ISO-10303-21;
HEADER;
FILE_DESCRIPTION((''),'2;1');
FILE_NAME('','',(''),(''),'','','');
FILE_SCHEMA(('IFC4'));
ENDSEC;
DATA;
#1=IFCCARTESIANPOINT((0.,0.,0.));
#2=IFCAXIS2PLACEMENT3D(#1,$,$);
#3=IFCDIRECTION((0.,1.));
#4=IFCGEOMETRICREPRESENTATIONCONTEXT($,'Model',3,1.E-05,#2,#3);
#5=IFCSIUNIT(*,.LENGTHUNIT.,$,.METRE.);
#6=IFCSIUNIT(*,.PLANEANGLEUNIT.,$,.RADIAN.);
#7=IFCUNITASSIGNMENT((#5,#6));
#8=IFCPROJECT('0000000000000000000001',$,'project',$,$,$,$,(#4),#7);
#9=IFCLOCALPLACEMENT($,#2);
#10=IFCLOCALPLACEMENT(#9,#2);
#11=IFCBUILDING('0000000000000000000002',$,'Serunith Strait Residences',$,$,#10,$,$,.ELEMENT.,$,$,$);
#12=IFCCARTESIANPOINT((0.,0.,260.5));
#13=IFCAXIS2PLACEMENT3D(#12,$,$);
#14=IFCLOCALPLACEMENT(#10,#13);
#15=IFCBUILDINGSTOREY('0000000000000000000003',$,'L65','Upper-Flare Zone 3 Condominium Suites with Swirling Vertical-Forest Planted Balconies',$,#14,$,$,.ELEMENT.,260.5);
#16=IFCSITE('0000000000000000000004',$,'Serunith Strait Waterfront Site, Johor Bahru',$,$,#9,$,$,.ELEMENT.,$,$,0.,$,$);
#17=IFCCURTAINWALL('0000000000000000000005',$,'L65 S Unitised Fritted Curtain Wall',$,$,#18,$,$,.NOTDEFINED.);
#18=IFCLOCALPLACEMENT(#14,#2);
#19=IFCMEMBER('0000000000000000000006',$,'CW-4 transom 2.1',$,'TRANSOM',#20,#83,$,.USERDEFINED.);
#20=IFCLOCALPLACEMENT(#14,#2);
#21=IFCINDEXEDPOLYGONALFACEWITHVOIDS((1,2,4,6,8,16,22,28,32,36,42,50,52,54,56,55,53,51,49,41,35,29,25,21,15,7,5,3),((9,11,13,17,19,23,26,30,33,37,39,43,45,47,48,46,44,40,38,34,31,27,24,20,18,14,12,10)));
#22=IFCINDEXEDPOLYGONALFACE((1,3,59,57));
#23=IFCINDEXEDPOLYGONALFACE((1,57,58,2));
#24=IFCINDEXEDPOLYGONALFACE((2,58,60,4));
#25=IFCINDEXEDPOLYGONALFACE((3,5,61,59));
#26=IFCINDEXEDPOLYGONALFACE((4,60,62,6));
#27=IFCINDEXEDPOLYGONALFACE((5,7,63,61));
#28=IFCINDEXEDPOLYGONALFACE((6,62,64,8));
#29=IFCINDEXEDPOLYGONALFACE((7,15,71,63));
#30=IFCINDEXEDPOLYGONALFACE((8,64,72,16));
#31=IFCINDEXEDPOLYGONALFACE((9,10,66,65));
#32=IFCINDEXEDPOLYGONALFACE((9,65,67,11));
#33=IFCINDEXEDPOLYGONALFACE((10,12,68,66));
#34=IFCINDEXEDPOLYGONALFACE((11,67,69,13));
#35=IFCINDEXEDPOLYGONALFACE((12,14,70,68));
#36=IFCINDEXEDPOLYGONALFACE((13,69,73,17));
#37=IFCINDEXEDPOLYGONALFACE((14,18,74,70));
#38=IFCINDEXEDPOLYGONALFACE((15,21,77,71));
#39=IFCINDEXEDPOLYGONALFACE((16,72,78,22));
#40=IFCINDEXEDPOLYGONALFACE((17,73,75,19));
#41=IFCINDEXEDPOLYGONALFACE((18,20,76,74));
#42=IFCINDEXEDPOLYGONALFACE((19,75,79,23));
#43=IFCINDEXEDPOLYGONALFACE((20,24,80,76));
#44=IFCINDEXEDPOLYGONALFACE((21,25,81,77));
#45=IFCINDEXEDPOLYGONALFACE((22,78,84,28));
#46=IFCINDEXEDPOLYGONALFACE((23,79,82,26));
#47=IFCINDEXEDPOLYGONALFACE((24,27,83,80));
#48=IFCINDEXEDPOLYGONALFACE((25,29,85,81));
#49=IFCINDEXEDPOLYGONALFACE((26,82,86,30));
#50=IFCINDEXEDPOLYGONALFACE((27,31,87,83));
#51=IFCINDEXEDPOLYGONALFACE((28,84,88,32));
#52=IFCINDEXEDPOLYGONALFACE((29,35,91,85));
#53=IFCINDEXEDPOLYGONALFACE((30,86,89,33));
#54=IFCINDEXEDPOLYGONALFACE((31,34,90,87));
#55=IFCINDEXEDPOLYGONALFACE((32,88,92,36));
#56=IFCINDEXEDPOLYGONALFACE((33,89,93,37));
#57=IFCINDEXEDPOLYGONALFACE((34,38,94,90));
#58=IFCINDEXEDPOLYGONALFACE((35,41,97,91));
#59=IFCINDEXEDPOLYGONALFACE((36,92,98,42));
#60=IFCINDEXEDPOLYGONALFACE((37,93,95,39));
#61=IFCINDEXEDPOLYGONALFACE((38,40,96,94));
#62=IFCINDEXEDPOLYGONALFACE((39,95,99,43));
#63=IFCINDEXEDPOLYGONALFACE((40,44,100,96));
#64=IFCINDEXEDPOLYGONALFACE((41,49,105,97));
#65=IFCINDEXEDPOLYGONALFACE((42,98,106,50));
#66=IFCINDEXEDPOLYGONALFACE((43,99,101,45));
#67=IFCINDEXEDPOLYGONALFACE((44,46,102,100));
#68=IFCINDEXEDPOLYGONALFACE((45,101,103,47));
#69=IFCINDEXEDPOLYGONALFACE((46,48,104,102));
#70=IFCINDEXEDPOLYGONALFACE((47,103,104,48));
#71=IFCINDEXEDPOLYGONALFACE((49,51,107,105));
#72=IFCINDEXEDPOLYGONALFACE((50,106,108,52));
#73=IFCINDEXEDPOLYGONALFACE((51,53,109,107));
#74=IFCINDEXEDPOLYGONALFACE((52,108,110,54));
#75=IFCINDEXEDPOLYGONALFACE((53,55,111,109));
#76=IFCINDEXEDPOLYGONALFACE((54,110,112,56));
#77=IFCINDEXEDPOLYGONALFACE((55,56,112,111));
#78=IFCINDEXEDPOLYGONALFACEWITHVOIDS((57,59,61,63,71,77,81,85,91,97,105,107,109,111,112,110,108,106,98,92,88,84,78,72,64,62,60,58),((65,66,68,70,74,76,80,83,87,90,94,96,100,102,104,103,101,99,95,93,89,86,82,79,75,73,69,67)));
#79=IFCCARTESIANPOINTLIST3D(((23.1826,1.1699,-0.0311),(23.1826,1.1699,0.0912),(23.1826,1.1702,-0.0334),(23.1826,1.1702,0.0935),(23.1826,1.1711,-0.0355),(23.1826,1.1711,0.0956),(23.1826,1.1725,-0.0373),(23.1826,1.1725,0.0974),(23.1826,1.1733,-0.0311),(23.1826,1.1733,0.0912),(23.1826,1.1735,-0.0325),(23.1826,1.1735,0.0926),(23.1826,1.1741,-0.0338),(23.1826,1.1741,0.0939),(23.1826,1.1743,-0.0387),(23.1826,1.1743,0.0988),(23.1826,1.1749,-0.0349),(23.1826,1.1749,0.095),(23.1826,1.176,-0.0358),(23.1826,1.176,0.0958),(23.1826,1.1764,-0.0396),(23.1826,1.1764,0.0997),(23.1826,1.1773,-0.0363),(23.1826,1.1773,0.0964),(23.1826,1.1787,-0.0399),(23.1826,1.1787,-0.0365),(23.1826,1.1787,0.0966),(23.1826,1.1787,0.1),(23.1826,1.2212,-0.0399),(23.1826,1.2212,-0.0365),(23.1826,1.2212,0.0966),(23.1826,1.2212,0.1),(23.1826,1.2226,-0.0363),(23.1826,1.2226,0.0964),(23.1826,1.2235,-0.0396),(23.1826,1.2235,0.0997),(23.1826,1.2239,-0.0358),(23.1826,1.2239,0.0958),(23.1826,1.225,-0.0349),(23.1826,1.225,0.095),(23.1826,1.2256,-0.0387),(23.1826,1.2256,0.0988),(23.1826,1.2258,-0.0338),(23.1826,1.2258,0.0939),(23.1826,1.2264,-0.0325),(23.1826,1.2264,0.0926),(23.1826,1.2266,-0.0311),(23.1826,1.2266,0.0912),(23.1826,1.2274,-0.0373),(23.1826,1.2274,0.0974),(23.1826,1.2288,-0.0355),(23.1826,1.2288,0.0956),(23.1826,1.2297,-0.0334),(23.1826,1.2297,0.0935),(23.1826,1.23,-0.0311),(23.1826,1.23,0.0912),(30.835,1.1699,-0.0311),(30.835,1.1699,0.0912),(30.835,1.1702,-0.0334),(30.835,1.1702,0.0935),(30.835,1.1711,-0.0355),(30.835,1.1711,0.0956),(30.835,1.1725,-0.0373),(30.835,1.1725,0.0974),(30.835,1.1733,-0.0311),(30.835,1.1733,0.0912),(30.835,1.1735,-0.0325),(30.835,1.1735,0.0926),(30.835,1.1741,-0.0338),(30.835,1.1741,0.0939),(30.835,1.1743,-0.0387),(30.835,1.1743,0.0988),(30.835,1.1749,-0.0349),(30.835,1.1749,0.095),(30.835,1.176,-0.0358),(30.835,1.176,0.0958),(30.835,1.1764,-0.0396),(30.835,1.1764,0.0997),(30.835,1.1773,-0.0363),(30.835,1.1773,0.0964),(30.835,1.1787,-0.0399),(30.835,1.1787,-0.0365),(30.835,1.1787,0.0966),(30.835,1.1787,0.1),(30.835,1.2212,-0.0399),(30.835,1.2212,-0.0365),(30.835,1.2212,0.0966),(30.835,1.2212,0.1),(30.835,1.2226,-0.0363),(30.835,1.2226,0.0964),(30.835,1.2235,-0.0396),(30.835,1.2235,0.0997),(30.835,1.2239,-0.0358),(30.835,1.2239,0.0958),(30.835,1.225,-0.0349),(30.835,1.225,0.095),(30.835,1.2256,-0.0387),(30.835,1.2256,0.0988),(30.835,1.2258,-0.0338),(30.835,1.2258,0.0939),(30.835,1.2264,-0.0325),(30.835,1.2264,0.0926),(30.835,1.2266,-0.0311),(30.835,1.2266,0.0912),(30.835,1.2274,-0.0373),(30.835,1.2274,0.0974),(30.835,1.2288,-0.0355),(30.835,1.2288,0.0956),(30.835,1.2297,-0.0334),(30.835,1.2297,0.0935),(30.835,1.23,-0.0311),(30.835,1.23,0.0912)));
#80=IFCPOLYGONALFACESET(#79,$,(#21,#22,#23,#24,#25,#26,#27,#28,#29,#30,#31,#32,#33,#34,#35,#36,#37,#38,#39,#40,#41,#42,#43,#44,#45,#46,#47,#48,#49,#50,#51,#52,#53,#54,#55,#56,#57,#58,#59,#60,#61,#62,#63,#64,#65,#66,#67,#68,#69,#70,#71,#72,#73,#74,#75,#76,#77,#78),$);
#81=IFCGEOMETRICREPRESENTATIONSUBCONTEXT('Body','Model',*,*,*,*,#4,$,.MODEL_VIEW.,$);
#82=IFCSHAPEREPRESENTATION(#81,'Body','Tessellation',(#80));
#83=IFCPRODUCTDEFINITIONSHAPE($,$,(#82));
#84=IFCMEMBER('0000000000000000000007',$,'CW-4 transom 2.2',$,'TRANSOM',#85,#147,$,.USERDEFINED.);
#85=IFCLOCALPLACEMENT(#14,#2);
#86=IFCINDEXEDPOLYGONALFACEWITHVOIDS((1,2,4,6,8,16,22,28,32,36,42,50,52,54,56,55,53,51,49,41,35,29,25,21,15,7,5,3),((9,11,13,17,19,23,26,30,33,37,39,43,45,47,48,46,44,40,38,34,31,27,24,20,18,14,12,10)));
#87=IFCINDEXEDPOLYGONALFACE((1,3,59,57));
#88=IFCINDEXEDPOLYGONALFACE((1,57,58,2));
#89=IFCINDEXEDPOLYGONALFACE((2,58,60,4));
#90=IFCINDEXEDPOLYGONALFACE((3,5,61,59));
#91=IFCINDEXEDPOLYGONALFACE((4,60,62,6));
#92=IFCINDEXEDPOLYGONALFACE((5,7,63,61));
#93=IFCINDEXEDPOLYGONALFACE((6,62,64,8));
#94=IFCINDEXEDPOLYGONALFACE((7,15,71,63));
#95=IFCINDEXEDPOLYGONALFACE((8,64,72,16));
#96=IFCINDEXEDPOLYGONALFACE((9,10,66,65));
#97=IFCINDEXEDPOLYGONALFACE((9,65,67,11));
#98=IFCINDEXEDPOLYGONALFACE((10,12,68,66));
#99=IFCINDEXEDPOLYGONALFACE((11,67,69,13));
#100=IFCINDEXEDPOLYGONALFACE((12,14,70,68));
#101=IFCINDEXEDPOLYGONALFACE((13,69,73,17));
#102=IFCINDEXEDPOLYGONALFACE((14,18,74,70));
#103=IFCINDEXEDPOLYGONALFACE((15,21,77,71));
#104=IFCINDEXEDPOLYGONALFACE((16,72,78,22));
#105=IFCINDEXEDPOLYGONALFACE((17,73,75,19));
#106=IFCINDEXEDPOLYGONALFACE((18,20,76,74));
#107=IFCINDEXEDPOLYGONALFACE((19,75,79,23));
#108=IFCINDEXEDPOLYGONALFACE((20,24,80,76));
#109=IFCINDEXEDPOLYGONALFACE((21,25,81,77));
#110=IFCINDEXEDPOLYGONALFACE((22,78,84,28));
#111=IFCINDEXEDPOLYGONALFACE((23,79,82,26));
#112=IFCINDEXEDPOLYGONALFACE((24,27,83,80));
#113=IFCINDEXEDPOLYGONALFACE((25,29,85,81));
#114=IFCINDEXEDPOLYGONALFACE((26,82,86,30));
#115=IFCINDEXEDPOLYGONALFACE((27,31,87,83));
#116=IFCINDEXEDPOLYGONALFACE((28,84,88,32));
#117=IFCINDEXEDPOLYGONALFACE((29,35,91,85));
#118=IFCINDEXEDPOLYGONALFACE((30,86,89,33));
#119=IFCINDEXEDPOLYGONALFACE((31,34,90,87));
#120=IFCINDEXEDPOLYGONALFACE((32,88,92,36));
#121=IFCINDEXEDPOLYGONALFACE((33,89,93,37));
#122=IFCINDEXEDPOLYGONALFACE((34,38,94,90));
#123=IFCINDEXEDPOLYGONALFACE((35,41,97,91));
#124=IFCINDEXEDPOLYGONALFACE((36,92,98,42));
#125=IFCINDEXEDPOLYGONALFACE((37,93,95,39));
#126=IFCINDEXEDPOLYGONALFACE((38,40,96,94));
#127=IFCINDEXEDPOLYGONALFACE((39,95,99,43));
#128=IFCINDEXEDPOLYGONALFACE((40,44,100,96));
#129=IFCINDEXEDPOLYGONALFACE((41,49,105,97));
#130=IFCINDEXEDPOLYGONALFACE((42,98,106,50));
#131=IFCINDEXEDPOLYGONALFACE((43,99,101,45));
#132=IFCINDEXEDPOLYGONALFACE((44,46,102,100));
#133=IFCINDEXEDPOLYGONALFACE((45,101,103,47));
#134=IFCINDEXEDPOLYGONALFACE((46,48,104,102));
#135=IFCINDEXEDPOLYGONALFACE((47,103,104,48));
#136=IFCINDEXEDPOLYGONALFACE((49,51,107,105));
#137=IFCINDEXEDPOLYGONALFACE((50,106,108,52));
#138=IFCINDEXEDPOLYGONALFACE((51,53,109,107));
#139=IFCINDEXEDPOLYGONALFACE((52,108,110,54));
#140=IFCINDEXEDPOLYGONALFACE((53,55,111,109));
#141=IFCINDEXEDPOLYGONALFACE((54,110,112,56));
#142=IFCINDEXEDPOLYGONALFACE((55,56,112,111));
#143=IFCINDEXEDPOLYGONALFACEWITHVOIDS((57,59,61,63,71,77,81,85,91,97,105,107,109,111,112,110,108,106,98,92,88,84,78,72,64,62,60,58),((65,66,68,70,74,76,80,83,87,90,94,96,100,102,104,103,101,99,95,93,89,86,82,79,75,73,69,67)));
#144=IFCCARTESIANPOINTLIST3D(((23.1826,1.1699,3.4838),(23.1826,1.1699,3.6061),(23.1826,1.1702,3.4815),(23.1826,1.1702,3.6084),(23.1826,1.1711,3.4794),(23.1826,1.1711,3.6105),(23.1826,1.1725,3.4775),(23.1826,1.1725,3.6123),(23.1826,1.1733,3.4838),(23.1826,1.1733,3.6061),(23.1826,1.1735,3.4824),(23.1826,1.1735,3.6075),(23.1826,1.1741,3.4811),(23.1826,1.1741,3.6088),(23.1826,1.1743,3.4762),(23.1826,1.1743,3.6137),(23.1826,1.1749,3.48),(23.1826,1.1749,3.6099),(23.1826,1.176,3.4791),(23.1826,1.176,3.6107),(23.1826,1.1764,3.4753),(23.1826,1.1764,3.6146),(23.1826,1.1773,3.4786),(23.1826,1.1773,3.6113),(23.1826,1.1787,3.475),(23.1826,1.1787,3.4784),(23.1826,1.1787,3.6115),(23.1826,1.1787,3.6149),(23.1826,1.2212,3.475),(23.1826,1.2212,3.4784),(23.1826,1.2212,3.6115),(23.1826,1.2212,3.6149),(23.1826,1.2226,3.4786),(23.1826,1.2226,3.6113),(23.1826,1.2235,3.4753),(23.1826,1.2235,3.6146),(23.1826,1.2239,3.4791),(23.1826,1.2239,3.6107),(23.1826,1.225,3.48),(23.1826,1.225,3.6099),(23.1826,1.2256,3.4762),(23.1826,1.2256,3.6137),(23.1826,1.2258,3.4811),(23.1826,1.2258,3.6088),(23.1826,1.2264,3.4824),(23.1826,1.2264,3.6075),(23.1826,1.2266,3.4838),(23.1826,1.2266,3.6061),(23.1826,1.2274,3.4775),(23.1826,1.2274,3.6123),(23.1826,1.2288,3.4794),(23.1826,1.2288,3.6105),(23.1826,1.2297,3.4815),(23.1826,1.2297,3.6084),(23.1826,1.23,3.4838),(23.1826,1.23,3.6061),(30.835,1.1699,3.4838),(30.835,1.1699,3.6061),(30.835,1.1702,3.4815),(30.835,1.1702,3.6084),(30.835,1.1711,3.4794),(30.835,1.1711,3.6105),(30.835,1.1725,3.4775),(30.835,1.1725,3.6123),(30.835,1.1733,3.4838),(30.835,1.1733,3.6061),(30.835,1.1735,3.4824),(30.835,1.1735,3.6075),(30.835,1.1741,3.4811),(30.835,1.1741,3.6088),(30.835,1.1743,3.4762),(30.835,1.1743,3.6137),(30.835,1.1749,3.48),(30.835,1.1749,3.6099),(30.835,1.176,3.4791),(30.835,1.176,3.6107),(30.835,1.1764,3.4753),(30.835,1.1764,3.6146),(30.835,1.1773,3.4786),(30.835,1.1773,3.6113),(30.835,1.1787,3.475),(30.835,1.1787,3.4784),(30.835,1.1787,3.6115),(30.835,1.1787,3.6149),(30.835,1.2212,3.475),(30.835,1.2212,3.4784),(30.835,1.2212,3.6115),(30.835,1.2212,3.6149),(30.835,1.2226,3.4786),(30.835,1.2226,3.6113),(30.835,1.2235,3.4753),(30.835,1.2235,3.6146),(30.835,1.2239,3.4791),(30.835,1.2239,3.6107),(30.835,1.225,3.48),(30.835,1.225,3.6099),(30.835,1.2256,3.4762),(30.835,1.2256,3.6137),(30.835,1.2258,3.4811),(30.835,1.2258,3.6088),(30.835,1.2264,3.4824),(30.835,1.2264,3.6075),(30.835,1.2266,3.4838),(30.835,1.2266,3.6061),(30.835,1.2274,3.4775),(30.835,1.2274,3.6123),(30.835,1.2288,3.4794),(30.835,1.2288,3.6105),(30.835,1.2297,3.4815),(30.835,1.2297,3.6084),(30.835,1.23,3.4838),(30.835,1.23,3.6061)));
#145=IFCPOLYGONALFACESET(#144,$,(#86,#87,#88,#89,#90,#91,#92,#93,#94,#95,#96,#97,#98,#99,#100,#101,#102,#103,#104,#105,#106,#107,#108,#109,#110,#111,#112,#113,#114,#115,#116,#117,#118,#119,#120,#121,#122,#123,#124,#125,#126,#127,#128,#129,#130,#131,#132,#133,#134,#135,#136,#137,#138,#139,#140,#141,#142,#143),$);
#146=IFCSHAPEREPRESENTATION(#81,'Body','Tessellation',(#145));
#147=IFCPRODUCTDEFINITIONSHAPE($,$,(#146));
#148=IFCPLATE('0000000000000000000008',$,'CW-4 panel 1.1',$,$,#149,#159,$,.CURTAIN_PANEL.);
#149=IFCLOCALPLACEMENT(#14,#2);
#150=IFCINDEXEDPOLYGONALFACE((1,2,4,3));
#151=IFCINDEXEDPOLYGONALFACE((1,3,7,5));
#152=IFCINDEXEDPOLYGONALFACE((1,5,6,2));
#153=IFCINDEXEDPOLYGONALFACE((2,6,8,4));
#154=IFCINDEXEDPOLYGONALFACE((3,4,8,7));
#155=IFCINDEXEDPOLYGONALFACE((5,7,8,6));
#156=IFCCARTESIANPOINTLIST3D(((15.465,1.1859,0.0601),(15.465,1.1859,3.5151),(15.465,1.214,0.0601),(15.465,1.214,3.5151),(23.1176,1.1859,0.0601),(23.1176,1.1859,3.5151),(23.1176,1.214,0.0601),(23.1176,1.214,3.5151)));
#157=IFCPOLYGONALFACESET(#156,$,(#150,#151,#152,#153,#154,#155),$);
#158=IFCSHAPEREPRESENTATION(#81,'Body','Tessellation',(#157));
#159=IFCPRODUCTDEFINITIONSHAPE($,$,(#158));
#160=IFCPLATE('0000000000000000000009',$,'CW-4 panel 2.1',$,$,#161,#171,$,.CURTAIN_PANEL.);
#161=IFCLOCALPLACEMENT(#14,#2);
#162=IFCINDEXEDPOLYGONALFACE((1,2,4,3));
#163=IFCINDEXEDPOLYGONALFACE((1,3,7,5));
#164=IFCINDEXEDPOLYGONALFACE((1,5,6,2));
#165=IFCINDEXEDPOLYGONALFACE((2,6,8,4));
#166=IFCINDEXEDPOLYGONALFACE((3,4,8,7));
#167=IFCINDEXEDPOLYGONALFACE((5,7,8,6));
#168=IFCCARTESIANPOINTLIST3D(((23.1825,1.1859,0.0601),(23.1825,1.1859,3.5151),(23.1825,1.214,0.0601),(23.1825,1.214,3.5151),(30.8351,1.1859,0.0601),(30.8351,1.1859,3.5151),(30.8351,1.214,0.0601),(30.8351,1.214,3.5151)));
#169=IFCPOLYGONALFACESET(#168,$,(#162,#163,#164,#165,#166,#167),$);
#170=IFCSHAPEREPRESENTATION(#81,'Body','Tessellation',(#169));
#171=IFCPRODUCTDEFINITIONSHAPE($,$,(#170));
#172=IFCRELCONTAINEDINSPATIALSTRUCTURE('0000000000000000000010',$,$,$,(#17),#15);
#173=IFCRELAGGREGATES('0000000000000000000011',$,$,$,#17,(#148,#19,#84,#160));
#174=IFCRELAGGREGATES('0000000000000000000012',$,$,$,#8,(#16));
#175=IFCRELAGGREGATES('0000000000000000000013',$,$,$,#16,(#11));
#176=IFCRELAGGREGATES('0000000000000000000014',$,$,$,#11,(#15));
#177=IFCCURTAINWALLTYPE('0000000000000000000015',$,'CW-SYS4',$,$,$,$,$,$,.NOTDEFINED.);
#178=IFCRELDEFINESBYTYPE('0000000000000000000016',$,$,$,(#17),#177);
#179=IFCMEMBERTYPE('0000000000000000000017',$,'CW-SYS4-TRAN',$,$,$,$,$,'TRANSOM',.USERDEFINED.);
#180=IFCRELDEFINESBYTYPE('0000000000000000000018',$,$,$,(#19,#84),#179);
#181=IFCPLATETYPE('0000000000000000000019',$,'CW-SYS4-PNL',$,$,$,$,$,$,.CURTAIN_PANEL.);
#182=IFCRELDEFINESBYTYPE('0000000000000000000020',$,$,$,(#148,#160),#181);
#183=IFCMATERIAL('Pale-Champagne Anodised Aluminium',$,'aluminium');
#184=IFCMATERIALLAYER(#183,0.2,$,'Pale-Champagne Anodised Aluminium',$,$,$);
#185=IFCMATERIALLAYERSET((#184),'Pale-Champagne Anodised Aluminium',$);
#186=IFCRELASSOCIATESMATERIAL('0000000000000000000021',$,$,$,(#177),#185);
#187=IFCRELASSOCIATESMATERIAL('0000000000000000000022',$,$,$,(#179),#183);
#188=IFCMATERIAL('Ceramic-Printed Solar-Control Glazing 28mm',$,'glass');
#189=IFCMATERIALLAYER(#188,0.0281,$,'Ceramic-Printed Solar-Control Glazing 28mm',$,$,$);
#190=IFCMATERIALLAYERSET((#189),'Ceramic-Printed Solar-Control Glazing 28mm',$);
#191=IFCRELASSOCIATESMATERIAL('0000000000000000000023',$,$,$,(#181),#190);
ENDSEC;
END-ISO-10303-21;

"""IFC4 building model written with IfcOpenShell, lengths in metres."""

from ifc_helpers import new_model, si_unit, direction, frame, origin, origin_2d, place, context, subcontext, project, spatial, rectangle, hollow_rectangle, extrude, source, transform, mapped, material, layer, layer_set, material_profile, profile_set, type_object, element, aggregate, save


model = new_model("IFC4")

# Units and contexts
model_context = context("Model", 3, precision=1e-05, world=origin(), true_north=direction((0.0, 1.0)))
body_context = subcontext(model_context, "Body", "Model", "MODEL_VIEW")
ifc_project = project(units=[si_unit("LENGTHUNIT", "METRE"), si_unit("PLANEANGLEUNIT", "RADIAN")], contexts=[model_context])

# Site, building, storey
site_placement = place(None, origin())
site = spatial("IfcSite", under=ifc_project, at=site_placement, Name="Serunith Strait Waterfront Site, Johor Bahru", CompositionType="ELEMENT", RefElevation=0.0)
building_placement = place(site_placement, origin())
building = spatial("IfcBuilding", under=site, at=building_placement, Name="Serunith Strait Residences", CompositionType="ELEMENT")
storey_placement = place(building_placement, frame((0.0, 0.0, 260.5)))
storey = spatial("IfcBuildingStorey", under=building, at=storey_placement, Name="L65", Description="Upper-Flare Zone 3 Condominium Suites with Swirling Vertical-Forest Planted Balconies", CompositionType="ELEMENT", Elevation=260.5)

# Curtain wall, members, plates
ifc_material_1 = material(Name="Pale-Champagne Anodised Aluminium", Category="aluminium")
ifc_layer_1 = layer(ifc_material_1, 0.2, Name="Pale-Champagne Anodised Aluminium")
ifc_layer_set_1 = layer_set([ifc_layer_1], Name="Pale-Champagne Anodised Aluminium")
curtain_wall_type = type_object("IfcCurtainWallType", Name="CW-SYS4", PredefinedType="NOTDEFINED", material=ifc_layer_set_1)
curtain_wall_placement = place(storey_placement, origin())
curtain_wall = element("IfcCurtainWall", 1, at=curtain_wall_placement, inside=storey, type_object=curtain_wall_type, Name="L65 S Unitised Fritted Curtain Wall", PredefinedType="NOTDEFINED")
ifc_material_profile_1 = material_profile(ifc_material_1, hollow_rectangle(XDim=0.0601, YDim=0.1399, WallThickness=0.0034, InnerFilletRadius=0.0054, OuterFilletRadius=0.0088, at=origin_2d()), Name="ALU 140x60x3.5")
ifc_profile_set_1 = profile_set([ifc_material_profile_1], Name="Pale-Champagne Anodised Aluminium")
member_type_1 = type_object("IfcMemberType", Name="CW-SYS4-TRAN", ElementType="TRANSOM", PredefinedType="USERDEFINED", material=ifc_profile_set_1)
shared_shape_1 = source(origin(), body_context, "Body", "SweptSolid", [
    extrude(hollow_rectangle(XDim=0.0601, YDim=0.1399, WallThickness=0.0034, InnerFilletRadius=0.0054, OuterFilletRadius=0.0088, at=origin_2d()), origin(), (0.0, 0.0, 1.0), 7.6523),
])
member_1_placement = place(storey_placement, frame((23.1826, 1.2, 0.03), z_axis=(1.0, 0.0, 0.0), x_axis=(0.0, 1.0, 0.0)))
member_1 = element("IfcMember", 2, at=member_1_placement, type_object=member_type_1, Name="CW-4 transom 2.1", ObjectType="TRANSOM", PredefinedType="USERDEFINED", context=body_context, shape_type="MappedRepresentation", body=[
    mapped(shared_shape_1, transform((0.0, 0.0, 0.0), scale=1.0)),
])
member_2_placement = place(storey_placement, frame((23.1826, 1.2, 3.5449), z_axis=(1.0, 0.0, 0.0), x_axis=(0.0, 1.0, 0.0)))
member_2 = element("IfcMember", 3, at=member_2_placement, type_object=member_type_1, Name="CW-4 transom 2.2", ObjectType="TRANSOM", PredefinedType="USERDEFINED", context=body_context, shape_type="MappedRepresentation", body=[
    mapped(shared_shape_1, transform((0.0, 0.0, 0.0), scale=1.0)),
])
ifc_material_2 = material(Name="Ceramic-Printed Solar-Control Glazing 28mm", Category="glass")
ifc_layer_2 = layer(ifc_material_2, 0.0281, Name="Ceramic-Printed Solar-Control Glazing 28mm")
ifc_layer_set_2 = layer_set([ifc_layer_2], Name="Ceramic-Printed Solar-Control Glazing 28mm")
plate_type = type_object("IfcPlateType", Name="CW-SYS4-PNL", PredefinedType="CURTAIN_PANEL", material=ifc_layer_set_2)
shared_shape_2 = source(origin(), body_context, "Body", "SweptSolid", [
    extrude(rectangle(XDim=7.6526, YDim=0.0281, at=origin_2d()), origin(), (0.0, 0.0, 1.0), 3.4551),
])
plate_1_placement = place(storey_placement, frame((19.2913, 1.2, 0.0601), z_axis=(0.0, 0.0, 1.0), x_axis=(1.0, 0.0, 0.0)))
plate_1 = element("IfcPlate", 4, at=plate_1_placement, type_object=plate_type, Name="CW-4 panel 1.1", PredefinedType="CURTAIN_PANEL", context=body_context, shape_type="MappedRepresentation", body=[
    mapped(shared_shape_2, transform((0.0, 0.0, 0.0), scale=1.0)),
])
plate_2_placement = place(storey_placement, frame((27.0088, 1.2, 0.0601), z_axis=(0.0, 0.0, 1.0), x_axis=(1.0, 0.0, 0.0)))
plate_2 = element("IfcPlate", 5, at=plate_2_placement, type_object=plate_type, Name="CW-4 panel 2.1", PredefinedType="CURTAIN_PANEL", context=body_context, shape_type="MappedRepresentation", body=[
    mapped(shared_shape_2, transform((0.0, 0.0, 0.0), scale=1.0)),
])
aggregate(curtain_wall, [plate_1, member_1, member_2, plate_2])

save(model, "model.ifc")
